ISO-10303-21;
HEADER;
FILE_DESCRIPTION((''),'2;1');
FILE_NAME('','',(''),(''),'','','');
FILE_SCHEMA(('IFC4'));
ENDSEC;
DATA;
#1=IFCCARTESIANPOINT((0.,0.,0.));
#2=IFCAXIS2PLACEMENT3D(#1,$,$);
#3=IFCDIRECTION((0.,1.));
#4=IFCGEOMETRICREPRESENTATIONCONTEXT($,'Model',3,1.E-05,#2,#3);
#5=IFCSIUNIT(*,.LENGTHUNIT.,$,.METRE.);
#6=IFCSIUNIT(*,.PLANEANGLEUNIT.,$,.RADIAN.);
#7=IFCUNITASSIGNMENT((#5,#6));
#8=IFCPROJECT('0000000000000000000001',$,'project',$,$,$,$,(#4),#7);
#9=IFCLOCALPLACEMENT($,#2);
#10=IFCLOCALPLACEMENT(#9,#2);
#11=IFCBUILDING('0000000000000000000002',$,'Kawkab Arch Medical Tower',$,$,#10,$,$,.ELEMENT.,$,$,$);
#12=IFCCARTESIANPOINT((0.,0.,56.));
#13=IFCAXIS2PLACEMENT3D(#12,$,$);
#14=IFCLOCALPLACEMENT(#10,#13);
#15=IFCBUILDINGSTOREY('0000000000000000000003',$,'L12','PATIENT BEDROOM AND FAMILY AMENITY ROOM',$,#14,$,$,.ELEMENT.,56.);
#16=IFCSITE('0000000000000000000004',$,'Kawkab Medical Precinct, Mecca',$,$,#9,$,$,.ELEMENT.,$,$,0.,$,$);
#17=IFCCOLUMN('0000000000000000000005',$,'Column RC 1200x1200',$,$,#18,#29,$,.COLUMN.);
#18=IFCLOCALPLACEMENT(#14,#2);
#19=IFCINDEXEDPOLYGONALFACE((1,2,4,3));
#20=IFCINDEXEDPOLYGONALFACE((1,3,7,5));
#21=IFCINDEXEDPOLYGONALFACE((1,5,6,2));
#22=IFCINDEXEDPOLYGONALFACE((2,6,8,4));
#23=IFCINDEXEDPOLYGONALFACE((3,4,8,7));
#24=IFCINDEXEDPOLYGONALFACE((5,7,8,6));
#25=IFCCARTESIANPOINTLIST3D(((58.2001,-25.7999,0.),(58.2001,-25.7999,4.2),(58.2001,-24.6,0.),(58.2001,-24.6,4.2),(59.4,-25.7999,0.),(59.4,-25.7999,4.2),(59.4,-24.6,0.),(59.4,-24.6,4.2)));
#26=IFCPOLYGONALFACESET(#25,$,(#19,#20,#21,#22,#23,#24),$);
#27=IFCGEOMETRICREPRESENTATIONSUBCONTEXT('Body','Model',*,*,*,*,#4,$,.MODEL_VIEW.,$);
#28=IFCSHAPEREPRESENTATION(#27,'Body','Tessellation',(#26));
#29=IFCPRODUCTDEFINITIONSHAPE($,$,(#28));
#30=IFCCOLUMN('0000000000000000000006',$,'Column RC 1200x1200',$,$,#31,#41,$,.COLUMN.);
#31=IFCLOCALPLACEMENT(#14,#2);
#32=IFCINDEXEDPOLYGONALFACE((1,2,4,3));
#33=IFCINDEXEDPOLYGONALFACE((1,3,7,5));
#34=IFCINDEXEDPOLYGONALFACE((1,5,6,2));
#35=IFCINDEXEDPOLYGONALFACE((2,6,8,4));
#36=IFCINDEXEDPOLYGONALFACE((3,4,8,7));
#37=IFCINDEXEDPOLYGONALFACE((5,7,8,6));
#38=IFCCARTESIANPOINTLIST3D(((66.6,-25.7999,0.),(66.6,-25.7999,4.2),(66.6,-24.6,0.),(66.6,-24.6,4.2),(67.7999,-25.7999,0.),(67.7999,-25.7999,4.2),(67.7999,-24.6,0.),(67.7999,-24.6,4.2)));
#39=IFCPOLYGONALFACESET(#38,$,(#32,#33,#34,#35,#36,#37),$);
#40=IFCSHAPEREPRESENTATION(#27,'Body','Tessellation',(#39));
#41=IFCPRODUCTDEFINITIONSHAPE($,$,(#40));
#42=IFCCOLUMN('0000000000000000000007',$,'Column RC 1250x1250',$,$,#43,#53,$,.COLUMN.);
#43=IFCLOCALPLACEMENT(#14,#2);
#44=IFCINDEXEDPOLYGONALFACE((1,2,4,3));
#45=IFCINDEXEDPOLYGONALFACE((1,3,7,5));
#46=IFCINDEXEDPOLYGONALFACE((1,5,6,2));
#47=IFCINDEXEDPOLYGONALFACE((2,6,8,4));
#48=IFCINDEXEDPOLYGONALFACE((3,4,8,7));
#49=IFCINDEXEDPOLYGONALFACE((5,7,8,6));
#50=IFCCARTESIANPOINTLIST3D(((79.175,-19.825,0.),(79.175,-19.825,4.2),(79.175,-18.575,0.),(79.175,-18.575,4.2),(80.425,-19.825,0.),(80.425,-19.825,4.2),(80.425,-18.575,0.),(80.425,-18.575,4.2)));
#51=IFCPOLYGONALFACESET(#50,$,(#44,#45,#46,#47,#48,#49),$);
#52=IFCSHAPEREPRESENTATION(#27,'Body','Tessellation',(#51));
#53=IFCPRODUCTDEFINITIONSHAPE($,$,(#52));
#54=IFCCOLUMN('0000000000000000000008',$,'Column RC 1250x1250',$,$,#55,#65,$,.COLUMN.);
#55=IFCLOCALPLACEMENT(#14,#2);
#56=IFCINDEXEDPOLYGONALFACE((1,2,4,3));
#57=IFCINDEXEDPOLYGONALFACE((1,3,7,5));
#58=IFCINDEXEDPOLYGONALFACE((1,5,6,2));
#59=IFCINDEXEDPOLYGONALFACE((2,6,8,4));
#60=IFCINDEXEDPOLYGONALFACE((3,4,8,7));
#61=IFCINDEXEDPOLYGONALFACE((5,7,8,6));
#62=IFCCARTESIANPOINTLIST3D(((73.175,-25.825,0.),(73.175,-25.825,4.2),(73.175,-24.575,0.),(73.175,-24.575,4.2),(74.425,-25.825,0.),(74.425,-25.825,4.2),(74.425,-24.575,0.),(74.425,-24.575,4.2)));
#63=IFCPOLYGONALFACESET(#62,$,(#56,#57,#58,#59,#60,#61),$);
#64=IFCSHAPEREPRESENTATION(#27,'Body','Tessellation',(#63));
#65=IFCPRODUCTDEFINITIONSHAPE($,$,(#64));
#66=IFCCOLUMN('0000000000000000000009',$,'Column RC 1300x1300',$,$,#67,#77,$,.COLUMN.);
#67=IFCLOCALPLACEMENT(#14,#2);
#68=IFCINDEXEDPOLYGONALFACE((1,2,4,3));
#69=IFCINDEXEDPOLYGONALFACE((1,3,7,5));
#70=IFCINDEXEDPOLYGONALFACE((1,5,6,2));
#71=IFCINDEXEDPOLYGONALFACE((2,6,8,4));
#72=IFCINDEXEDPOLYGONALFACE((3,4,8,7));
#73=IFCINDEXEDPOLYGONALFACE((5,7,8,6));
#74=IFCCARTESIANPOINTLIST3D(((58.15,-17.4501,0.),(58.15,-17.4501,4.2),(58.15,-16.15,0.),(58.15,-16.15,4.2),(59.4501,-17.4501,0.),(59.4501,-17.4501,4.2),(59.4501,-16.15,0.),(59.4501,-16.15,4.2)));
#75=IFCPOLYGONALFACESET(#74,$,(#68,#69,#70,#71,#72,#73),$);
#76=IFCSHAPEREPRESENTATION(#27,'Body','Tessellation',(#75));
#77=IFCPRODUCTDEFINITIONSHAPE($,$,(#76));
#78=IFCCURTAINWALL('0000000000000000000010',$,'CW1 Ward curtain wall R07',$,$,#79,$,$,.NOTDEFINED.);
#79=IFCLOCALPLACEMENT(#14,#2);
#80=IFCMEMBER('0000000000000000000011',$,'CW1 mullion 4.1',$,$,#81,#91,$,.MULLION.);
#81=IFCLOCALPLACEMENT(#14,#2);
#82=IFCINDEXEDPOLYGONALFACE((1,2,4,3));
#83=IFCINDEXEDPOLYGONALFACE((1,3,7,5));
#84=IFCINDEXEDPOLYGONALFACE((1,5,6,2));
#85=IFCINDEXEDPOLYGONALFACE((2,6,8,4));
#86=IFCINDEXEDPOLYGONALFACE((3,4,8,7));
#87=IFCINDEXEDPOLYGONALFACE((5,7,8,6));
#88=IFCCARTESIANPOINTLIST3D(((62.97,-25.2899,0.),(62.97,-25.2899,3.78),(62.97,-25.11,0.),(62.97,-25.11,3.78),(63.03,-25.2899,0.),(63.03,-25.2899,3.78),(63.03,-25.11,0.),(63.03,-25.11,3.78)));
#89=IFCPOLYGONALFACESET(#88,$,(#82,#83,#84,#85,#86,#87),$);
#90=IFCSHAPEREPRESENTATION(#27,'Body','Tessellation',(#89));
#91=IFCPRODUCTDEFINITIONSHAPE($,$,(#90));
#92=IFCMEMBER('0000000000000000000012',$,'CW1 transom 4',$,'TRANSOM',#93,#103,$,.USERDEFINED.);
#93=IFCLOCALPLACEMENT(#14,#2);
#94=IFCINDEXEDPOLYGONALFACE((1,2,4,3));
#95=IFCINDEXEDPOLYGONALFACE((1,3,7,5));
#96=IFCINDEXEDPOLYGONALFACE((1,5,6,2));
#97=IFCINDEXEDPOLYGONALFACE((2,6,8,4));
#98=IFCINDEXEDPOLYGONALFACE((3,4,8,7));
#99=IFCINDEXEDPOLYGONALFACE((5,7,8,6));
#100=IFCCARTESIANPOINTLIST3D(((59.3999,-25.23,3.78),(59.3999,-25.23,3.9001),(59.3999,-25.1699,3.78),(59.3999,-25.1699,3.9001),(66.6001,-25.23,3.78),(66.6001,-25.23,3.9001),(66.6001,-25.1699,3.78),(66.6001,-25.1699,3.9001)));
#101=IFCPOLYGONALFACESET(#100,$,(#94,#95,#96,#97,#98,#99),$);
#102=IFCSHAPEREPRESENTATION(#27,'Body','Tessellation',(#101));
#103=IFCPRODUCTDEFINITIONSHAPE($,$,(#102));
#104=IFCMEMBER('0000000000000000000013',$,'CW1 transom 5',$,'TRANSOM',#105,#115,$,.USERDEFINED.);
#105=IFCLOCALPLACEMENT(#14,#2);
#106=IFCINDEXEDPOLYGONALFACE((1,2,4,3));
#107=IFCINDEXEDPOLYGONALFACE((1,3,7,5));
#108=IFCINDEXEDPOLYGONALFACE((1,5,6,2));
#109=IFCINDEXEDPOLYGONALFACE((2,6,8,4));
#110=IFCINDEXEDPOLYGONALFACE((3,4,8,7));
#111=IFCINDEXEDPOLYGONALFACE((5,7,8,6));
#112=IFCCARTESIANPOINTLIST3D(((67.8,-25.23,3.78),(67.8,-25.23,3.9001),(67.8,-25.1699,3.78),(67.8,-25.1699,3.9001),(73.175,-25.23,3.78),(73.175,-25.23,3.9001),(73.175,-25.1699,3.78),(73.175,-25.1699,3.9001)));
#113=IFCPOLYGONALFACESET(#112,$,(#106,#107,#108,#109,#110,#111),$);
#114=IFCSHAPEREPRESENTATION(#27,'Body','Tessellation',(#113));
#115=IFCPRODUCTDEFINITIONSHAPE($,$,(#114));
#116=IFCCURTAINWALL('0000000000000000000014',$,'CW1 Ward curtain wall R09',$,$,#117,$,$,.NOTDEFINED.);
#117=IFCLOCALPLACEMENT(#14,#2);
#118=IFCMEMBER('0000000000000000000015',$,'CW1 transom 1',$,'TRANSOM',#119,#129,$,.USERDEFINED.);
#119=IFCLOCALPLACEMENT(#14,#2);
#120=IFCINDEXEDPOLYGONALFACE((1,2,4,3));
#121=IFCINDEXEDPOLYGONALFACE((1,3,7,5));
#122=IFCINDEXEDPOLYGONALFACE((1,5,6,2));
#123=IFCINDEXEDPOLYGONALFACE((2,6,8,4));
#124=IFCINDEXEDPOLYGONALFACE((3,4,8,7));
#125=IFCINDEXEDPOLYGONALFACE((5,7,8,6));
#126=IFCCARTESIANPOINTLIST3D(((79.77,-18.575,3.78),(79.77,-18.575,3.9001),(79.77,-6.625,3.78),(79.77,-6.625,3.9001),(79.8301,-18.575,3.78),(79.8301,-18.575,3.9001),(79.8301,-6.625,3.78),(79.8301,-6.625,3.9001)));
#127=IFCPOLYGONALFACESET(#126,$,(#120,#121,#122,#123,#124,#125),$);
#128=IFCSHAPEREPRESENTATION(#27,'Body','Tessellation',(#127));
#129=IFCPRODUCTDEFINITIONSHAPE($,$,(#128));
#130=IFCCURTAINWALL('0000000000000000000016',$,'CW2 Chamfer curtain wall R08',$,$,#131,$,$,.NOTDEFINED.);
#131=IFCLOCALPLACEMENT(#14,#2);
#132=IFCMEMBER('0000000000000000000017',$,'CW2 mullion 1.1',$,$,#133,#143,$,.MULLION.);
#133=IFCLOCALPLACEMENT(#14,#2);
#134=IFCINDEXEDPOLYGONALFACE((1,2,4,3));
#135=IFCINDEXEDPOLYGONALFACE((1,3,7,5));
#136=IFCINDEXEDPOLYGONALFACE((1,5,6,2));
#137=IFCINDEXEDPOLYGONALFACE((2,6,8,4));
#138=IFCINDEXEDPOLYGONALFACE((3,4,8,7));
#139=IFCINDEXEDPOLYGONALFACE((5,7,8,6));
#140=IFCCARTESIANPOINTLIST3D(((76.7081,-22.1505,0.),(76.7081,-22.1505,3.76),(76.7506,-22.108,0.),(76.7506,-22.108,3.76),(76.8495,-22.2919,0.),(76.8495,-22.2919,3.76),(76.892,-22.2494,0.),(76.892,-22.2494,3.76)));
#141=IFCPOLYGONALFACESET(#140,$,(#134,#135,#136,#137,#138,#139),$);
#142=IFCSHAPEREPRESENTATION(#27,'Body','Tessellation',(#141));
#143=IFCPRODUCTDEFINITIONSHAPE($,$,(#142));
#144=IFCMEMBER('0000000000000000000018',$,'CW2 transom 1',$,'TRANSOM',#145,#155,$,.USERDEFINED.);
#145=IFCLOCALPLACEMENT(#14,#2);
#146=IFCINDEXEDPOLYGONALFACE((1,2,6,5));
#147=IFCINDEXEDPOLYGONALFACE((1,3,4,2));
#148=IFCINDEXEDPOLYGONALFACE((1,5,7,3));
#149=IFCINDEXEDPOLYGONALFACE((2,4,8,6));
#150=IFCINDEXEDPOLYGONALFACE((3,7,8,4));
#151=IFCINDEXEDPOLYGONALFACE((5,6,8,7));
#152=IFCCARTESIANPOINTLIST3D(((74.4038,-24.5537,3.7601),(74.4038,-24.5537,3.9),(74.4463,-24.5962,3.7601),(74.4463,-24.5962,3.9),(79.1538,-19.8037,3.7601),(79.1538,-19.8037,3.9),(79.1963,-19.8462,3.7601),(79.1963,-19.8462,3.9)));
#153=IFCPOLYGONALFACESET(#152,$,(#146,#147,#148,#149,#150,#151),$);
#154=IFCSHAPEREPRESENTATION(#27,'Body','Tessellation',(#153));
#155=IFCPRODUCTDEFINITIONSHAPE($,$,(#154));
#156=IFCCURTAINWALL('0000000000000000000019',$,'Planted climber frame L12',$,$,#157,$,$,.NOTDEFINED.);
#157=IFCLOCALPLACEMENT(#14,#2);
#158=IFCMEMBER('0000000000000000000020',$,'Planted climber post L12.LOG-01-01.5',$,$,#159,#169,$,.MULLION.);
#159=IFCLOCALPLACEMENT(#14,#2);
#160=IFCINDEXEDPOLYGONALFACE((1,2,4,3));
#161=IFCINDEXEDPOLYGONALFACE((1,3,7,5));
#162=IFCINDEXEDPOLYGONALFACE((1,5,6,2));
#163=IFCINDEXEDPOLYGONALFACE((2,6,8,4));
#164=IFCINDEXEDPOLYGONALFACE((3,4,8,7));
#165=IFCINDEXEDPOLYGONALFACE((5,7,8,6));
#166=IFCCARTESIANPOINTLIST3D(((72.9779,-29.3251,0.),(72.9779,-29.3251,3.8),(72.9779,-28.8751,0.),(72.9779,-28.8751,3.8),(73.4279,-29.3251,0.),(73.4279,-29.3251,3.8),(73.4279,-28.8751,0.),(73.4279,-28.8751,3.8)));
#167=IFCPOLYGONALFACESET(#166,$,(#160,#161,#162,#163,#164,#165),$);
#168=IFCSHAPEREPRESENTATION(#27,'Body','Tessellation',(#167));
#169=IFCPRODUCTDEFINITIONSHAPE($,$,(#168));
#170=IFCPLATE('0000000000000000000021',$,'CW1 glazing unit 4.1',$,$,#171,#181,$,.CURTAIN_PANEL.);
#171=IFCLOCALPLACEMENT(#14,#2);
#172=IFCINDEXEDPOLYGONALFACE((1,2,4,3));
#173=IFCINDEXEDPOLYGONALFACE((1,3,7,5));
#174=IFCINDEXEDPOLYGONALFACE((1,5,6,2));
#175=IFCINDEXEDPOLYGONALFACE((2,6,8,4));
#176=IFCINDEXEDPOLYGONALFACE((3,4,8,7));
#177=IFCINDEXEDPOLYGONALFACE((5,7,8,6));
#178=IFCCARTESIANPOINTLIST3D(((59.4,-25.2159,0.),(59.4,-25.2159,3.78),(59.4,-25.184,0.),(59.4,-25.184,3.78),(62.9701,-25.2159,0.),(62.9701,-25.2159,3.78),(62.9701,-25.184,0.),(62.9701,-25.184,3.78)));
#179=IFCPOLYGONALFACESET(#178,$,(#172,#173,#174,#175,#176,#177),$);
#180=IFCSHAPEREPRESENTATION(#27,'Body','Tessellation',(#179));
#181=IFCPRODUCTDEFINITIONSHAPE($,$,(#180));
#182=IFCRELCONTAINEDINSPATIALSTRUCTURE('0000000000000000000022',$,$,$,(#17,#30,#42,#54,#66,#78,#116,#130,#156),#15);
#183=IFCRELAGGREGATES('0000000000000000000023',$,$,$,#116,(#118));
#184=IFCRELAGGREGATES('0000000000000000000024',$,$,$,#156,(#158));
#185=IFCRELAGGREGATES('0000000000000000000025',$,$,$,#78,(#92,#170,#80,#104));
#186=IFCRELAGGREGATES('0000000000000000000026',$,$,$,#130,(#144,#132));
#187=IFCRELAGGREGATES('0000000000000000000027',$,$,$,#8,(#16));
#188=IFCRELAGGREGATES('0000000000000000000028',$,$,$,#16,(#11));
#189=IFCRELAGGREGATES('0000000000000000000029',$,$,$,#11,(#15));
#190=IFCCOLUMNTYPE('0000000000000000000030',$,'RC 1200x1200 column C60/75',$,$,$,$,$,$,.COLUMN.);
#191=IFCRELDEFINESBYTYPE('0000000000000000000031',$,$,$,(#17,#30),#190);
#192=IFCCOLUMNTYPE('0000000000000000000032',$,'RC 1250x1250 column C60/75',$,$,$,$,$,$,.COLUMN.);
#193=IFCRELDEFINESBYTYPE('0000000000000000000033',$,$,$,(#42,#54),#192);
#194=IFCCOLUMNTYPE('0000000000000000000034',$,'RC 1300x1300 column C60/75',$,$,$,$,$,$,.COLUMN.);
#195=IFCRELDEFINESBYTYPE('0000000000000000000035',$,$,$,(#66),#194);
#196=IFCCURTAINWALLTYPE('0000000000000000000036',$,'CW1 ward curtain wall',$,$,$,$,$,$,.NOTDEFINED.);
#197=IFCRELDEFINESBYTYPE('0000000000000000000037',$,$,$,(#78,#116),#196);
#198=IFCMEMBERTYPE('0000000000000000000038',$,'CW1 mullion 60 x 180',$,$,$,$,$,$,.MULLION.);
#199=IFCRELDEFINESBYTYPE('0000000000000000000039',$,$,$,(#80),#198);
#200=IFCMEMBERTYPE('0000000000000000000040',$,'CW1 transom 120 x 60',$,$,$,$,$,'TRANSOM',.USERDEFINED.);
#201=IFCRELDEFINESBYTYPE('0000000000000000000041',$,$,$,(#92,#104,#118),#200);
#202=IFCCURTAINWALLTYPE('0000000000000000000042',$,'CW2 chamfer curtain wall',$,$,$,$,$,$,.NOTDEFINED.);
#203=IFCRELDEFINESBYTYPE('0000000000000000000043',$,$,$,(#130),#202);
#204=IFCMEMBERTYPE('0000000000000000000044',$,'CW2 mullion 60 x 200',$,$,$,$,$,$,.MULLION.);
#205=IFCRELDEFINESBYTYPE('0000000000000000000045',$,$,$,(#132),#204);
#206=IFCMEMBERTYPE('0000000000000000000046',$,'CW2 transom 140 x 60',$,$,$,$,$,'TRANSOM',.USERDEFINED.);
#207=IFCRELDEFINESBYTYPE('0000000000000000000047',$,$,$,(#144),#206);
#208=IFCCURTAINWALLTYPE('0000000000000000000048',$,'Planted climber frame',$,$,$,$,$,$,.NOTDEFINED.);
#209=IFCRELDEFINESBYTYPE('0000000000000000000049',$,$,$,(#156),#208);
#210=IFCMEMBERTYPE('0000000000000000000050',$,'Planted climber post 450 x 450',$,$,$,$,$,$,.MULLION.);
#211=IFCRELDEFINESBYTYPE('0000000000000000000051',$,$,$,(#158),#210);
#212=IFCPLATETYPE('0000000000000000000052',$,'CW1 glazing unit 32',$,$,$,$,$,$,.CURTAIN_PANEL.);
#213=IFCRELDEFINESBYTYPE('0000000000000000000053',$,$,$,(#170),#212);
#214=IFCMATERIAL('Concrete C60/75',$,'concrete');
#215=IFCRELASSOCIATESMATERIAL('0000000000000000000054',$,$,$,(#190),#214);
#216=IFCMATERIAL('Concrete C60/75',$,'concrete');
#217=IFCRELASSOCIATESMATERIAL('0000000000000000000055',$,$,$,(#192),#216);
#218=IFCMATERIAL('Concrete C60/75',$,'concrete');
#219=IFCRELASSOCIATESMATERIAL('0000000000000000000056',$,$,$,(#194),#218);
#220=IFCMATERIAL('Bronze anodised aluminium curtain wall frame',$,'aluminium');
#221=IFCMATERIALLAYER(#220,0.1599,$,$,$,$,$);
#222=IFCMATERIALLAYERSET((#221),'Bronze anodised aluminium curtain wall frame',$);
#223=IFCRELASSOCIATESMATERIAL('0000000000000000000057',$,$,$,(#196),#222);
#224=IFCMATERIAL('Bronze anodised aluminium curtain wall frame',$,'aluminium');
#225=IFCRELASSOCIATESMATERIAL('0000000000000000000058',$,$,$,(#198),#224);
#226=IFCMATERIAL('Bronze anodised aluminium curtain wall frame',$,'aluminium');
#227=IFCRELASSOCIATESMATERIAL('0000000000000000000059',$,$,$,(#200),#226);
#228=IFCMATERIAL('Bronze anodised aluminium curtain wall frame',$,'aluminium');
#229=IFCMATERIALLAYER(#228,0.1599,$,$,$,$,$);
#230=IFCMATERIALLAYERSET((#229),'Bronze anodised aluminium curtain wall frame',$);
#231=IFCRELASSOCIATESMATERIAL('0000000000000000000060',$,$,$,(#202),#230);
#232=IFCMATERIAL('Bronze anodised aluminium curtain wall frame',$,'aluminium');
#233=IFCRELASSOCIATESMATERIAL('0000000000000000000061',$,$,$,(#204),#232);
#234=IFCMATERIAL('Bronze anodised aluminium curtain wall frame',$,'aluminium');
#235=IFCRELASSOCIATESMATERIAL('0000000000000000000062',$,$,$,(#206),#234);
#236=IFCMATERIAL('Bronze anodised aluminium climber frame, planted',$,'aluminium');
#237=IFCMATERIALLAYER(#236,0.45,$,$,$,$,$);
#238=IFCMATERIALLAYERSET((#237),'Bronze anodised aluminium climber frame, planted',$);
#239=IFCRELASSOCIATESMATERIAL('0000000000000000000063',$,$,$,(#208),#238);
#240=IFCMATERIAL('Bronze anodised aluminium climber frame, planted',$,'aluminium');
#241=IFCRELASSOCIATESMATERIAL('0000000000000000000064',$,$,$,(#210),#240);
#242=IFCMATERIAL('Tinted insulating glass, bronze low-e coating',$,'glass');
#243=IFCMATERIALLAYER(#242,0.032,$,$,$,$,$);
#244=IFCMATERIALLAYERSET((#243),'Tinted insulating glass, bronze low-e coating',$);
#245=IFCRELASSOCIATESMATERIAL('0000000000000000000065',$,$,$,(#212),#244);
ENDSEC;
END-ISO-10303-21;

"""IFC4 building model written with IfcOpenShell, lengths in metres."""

from ifc_helpers import new_model, si_unit, direction, frame, origin, origin_2d, place, context, subcontext, project, spatial, rectangle, extrude, material, layer, layer_set, material_profile, profile_set, type_object, element, aggregate, save


model = new_model("IFC4")

# Units and contexts
model_context = context("Model", 3, precision=1e-05, world=origin(), true_north=direction((0.0, 1.0)))
body_context = subcontext(model_context, "Body", "Model", "MODEL_VIEW")
ifc_project = project(units=[si_unit("LENGTHUNIT", "METRE"), si_unit("PLANEANGLEUNIT", "RADIAN")], contexts=[model_context])

# Site, building, storey
site_placement = place(None, origin())
site = spatial("IfcSite", under=ifc_project, at=site_placement, Name="Kawkab Medical Precinct, Mecca", CompositionType="ELEMENT", RefElevation=0.0)
building_placement = place(site_placement, origin())
building = spatial("IfcBuilding", under=site, at=building_placement, Name="Kawkab Arch Medical Tower", CompositionType="ELEMENT")
storey_placement = place(building_placement, frame((0.0, 0.0, 56.0)))
storey = spatial("IfcBuildingStorey", under=building, at=storey_placement, Name="L12", Description="PATIENT BEDROOM AND FAMILY AMENITY ROOM", CompositionType="ELEMENT", Elevation=56.0)

# Columns
ifc_material_1 = material(Name="Concrete C60/75", Category="concrete")
ifc_material_profile_1 = material_profile(ifc_material_1, rectangle(XDim=1.2, YDim=1.2, at=origin_2d()), Name="RC 1200x1200")
ifc_profile_set_1 = profile_set([ifc_material_profile_1], Name="Concrete C60/75")
column_type_1 = type_object("IfcColumnType", Name="RC 1200x1200 column C60/75", PredefinedType="COLUMN", material=ifc_profile_set_1)
for number, where, z_axis, x_axis, name in (
    (1, (58.8, -25.2, 0.0), (0.0, 0.0, 1.0), (1.0, 0.0, 0.0), "Column RC 1200x1200"),
    (2, (67.2, -25.2, 0.0), (0.0, 0.0, 1.0), (1.0, 0.0, 0.0), "Column RC 1200x1200"),
):
    element("IfcColumn", number, at=place(storey_placement, frame(where, z_axis=z_axis, x_axis=x_axis)), inside=storey, type_object=column_type_1, Name=name, PredefinedType="COLUMN", context=body_context, shape_type="SweptSolid", body=[
        extrude(rectangle(XDim=1.2, YDim=1.2, at=origin_2d()), origin(), (0.0, 0.0, 1.0), 4.2),
    ])
ifc_material_2 = material(Name="Concrete C60/75", Category="concrete")
ifc_material_profile_2 = material_profile(ifc_material_2, rectangle(XDim=1.25, YDim=1.25, at=origin_2d()), Name="RC 1250x1250")
ifc_profile_set_2 = profile_set([ifc_material_profile_2], Name="Concrete C60/75")
column_type_2 = type_object("IfcColumnType", Name="RC 1250x1250 column C60/75", PredefinedType="COLUMN", material=ifc_profile_set_2)
for number, where, z_axis, x_axis, name in (
    (3, (79.8, -19.2, 0.0), (0.0, 0.0, 1.0), (1.0, 0.0, 0.0), "Column RC 1250x1250"),
    (4, (73.8, -25.2, 0.0), (0.0, 0.0, 1.0), (1.0, 0.0, 0.0), "Column RC 1250x1250"),
):
    element("IfcColumn", number, at=place(storey_placement, frame(where, z_axis=z_axis, x_axis=x_axis)), inside=storey, type_object=column_type_2, Name=name, PredefinedType="COLUMN", context=body_context, shape_type="SweptSolid", body=[
        extrude(rectangle(XDim=1.25, YDim=1.25, at=origin_2d()), origin(), (0.0, 0.0, 1.0), 4.2),
    ])
ifc_material_3 = material(Name="Concrete C60/75", Category="concrete")
ifc_material_profile_3 = material_profile(ifc_material_3, rectangle(XDim=1.3, YDim=1.3, at=origin_2d()), Name="RC 1300x1300")
ifc_profile_set_3 = profile_set([ifc_material_profile_3], Name="Concrete C60/75")
column_type_3 = type_object("IfcColumnType", Name="RC 1300x1300 column C60/75", PredefinedType="COLUMN", material=ifc_profile_set_3)
column_placement = place(storey_placement, frame((58.8, -16.8, 0.0), z_axis=(0.0, 0.0, 1.0), x_axis=(1.0, 0.0, 0.0)))
element("IfcColumn", 5, at=column_placement, inside=storey, type_object=column_type_3, Name="Column RC 1300x1300", PredefinedType="COLUMN", context=body_context, shape_type="SweptSolid", body=[
    extrude(rectangle(XDim=1.3, YDim=1.3, at=origin_2d()), origin(), (0.0, 0.0, 1.0), 4.2),
])

# Curtain wall, members
ifc_material_4 = material(Name="Bronze anodised aluminium curtain wall frame", Category="aluminium")
ifc_layer_1 = layer(ifc_material_4, 0.1599)
ifc_layer_set_1 = layer_set([ifc_layer_1], Name="Bronze anodised aluminium curtain wall frame")
curtain_wall_type_1 = type_object("IfcCurtainWallType", Name="CW1 ward curtain wall", PredefinedType="NOTDEFINED", material=ifc_layer_set_1)
placement = place(storey_placement, origin())
curtain_wall_1 = element("IfcCurtainWall", 6, at=placement, inside=storey, type_object=curtain_wall_type_1, Name="CW1 Ward curtain wall R07", PredefinedType="NOTDEFINED")
ifc_material_5 = material(Name="Bronze anodised aluminium curtain wall frame", Category="aluminium")
ifc_material_profile_4 = material_profile(ifc_material_5, rectangle(XDim=0.1799, YDim=0.0601, at=origin_2d()), Name="AL 60x180")
ifc_profile_set_4 = profile_set([ifc_material_profile_4], Name="Bronze anodised aluminium curtain wall frame")
member_type_1 = type_object("IfcMemberType", Name="CW1 mullion 60 x 180", PredefinedType="MULLION", material=ifc_profile_set_4)
member_1_placement = place(storey_placement, frame((63.0, -25.2, 0.0), z_axis=(0.0, 0.0, 1.0), x_axis=(0.0, 1.0, 0.0)))
member_1 = element("IfcMember", 7, at=member_1_placement, type_object=member_type_1, Name="CW1 mullion 4.1", PredefinedType="MULLION", context=body_context, shape_type="SweptSolid", body=[
    extrude(rectangle(XDim=0.1799, YDim=0.0601, at=origin_2d()), origin(), (0.0, 0.0, 1.0), 3.78),
])
ifc_material_6 = material(Name="Bronze anodised aluminium curtain wall frame", Category="aluminium")
ifc_material_profile_5 = material_profile(ifc_material_6, rectangle(XDim=0.0601, YDim=0.1201, at=origin_2d()), Name="AL 60x120")
ifc_profile_set_5 = profile_set([ifc_material_profile_5], Name="Bronze anodised aluminium curtain wall frame")
member_type_2 = type_object("IfcMemberType", Name="CW1 transom 120 x 60", ElementType="TRANSOM", PredefinedType="USERDEFINED", material=ifc_profile_set_5)
member_2_placement = place(storey_placement, frame((59.3999, -25.2, 3.8401), z_axis=(1.0, 0.0, 0.0), x_axis=(0.0, 1.0, 0.0)))
member_2 = element("IfcMember", 8, at=member_2_placement, type_object=member_type_2, Name="CW1 transom 4", ObjectType="TRANSOM", PredefinedType="USERDEFINED", context=body_context, shape_type="SweptSolid", body=[
    extrude(rectangle(XDim=0.0601, YDim=0.1201, at=origin_2d()), origin(), (0.0, 0.0, 1.0), 7.2002),
])
member_3_placement = place(storey_placement, frame((67.8, -25.2, 3.8401), z_axis=(1.0, 0.0, 0.0), x_axis=(0.0, 1.0, 0.0)))
member_3 = element("IfcMember", 9, at=member_3_placement, type_object=member_type_2, Name="CW1 transom 5", ObjectType="TRANSOM", PredefinedType="USERDEFINED", context=body_context, shape_type="SweptSolid", body=[
    extrude(rectangle(XDim=0.0601, YDim=0.1201, at=origin_2d()), origin(), (0.0, 0.0, 1.0), 5.375),
])

# Curtain wall, member
curtain_wall_2 = element("IfcCurtainWall", 10, at=placement, inside=storey, type_object=curtain_wall_type_1, Name="CW1 Ward curtain wall R09", PredefinedType="NOTDEFINED")
member_4_placement = place(storey_placement, frame((79.8, -18.575, 3.8401), z_axis=(0.0, 1.0, 0.0), x_axis=(-1.0, 0.0, 0.0)))
member_4 = element("IfcMember", 11, at=member_4_placement, type_object=member_type_2, Name="CW1 transom 1", ObjectType="TRANSOM", PredefinedType="USERDEFINED", context=body_context, shape_type="SweptSolid", body=[
    extrude(rectangle(XDim=0.0601, YDim=0.1201, at=origin_2d()), origin(), (0.0, 0.0, 1.0), 11.95),
])
aggregate(curtain_wall_2, [member_4])

# Curtain wall, members
ifc_material_7 = material(Name="Bronze anodised aluminium curtain wall frame", Category="aluminium")
ifc_layer_2 = layer(ifc_material_7, 0.1599)
ifc_layer_set_2 = layer_set([ifc_layer_2], Name="Bronze anodised aluminium curtain wall frame")
curtain_wall_type_2 = type_object("IfcCurtainWallType", Name="CW2 chamfer curtain wall", PredefinedType="NOTDEFINED", material=ifc_layer_set_2)
curtain_wall_3 = element("IfcCurtainWall", 12, at=placement, inside=storey, type_object=curtain_wall_type_2, Name="CW2 Chamfer curtain wall R08", PredefinedType="NOTDEFINED")
ifc_material_8 = material(Name="Bronze anodised aluminium curtain wall frame", Category="aluminium")
ifc_material_profile_6 = material_profile(ifc_material_8, rectangle(XDim=0.2, YDim=0.0601, at=origin_2d()), Name="AL 60x200")
ifc_profile_set_6 = profile_set([ifc_material_profile_6], Name="Bronze anodised aluminium curtain wall frame")
member_type_3 = type_object("IfcMemberType", Name="CW2 mullion 60 x 200", PredefinedType="MULLION", material=ifc_profile_set_6)
member_5_placement = place(storey_placement, frame((76.8, -22.2, 0.0), z_axis=(0.0, 0.0, 1.0), x_axis=(-0.707107, 0.707107, 0.0)))
member_5 = element("IfcMember", 13, at=member_5_placement, type_object=member_type_3, Name="CW2 mullion 1.1", PredefinedType="MULLION", context=body_context, shape_type="SweptSolid", body=[
    extrude(rectangle(XDim=0.2, YDim=0.0601, at=origin_2d()), origin(), (0.0, 0.0, 1.0), 3.76),
])
ifc_material_9 = material(Name="Bronze anodised aluminium curtain wall frame", Category="aluminium")
ifc_material_profile_7 = material_profile(ifc_material_9, rectangle(XDim=0.0601, YDim=0.1399, at=origin_2d()), Name="AL 60x140")
ifc_profile_set_7 = profile_set([ifc_material_profile_7], Name="Bronze anodised aluminium curtain wall frame")
member_type_4 = type_object("IfcMemberType", Name="CW2 transom 140 x 60", ElementType="TRANSOM", PredefinedType="USERDEFINED", material=ifc_profile_set_7)
member_6_placement = place(storey_placement, frame((74.425, -24.575, 3.8301), z_axis=(0.707107, 0.707107, 0.0), x_axis=(-0.707107, 0.707107, 0.0)))
member_6 = element("IfcMember", 14, at=member_6_placement, type_object=member_type_4, Name="CW2 transom 1", ObjectType="TRANSOM", PredefinedType="USERDEFINED", context=body_context, shape_type="SweptSolid", body=[
    extrude(rectangle(XDim=0.0601, YDim=0.1399, at=origin_2d()), origin(), (0.0, 0.0, 1.0), 6.7175),
])

# Curtain wall, member
ifc_material_10 = material(Name="Bronze anodised aluminium climber frame, planted", Category="aluminium")
ifc_layer_3 = layer(ifc_material_10, 0.45)
ifc_layer_set_3 = layer_set([ifc_layer_3], Name="Bronze anodised aluminium climber frame, planted")
curtain_wall_type_3 = type_object("IfcCurtainWallType", Name="Planted climber frame", PredefinedType="NOTDEFINED", material=ifc_layer_set_3)
curtain_wall_4 = element("IfcCurtainWall", 15, at=placement, inside=storey, type_object=curtain_wall_type_3, Name="Planted climber frame L12", PredefinedType="NOTDEFINED")
ifc_material_11 = material(Name="Bronze anodised aluminium climber frame, planted", Category="aluminium")
ifc_material_profile_8 = material_profile(ifc_material_11, rectangle(XDim=0.45, YDim=0.45, at=origin_2d()), Name="Post 450x450")
ifc_profile_set_8 = profile_set([ifc_material_profile_8], Name="Bronze anodised aluminium climber frame, planted")
member_type_5 = type_object("IfcMemberType", Name="Planted climber post 450 x 450", PredefinedType="MULLION", material=ifc_profile_set_8)
member_7_placement = place(storey_placement, frame((73.2029, -29.1001, 0.0), z_axis=(0.0, 0.0, 1.0), x_axis=(1.0, 0.0, 0.0)))
member_7 = element("IfcMember", 16, at=member_7_placement, type_object=member_type_5, Name="Planted climber post L12.LOG-01-01.5", PredefinedType="MULLION", context=body_context, shape_type="SweptSolid", body=[
    extrude(rectangle(XDim=0.45, YDim=0.45, at=origin_2d()), origin(), (0.0, 0.0, 1.0), 3.8),
])
aggregate(curtain_wall_4, [member_7])

# Plate
ifc_material_12 = material(Name="Tinted insulating glass, bronze low-e coating", Category="glass")
ifc_layer_4 = layer(ifc_material_12, 0.032)
ifc_layer_set_4 = layer_set([ifc_layer_4], Name="Tinted insulating glass, bronze low-e coating")
plate_type_1 = type_object("IfcPlateType", Name="CW1 glazing unit 32", PredefinedType="CURTAIN_PANEL", material=ifc_layer_set_4)
plate_1_placement = place(storey_placement, frame((61.1851, -25.2, 0.0), z_axis=(0.0, 0.0, 1.0), x_axis=(1.0, 0.0, 0.0)))
plate_1 = element("IfcPlate", 17, at=plate_1_placement, type_object=plate_type_1, Name="CW1 glazing unit 4.1", PredefinedType="CURTAIN_PANEL", context=body_context, shape_type="SweptSolid", body=[
    extrude(rectangle(XDim=3.5701, YDim=0.032, at=origin_2d()), origin(), (0.0, 0.0, 1.0), 3.78),
])
aggregate(curtain_wall_1, [member_2, plate_1, member_1, member_3])
aggregate(curtain_wall_3, [member_6, member_5])

save(model, "model.ifc")
